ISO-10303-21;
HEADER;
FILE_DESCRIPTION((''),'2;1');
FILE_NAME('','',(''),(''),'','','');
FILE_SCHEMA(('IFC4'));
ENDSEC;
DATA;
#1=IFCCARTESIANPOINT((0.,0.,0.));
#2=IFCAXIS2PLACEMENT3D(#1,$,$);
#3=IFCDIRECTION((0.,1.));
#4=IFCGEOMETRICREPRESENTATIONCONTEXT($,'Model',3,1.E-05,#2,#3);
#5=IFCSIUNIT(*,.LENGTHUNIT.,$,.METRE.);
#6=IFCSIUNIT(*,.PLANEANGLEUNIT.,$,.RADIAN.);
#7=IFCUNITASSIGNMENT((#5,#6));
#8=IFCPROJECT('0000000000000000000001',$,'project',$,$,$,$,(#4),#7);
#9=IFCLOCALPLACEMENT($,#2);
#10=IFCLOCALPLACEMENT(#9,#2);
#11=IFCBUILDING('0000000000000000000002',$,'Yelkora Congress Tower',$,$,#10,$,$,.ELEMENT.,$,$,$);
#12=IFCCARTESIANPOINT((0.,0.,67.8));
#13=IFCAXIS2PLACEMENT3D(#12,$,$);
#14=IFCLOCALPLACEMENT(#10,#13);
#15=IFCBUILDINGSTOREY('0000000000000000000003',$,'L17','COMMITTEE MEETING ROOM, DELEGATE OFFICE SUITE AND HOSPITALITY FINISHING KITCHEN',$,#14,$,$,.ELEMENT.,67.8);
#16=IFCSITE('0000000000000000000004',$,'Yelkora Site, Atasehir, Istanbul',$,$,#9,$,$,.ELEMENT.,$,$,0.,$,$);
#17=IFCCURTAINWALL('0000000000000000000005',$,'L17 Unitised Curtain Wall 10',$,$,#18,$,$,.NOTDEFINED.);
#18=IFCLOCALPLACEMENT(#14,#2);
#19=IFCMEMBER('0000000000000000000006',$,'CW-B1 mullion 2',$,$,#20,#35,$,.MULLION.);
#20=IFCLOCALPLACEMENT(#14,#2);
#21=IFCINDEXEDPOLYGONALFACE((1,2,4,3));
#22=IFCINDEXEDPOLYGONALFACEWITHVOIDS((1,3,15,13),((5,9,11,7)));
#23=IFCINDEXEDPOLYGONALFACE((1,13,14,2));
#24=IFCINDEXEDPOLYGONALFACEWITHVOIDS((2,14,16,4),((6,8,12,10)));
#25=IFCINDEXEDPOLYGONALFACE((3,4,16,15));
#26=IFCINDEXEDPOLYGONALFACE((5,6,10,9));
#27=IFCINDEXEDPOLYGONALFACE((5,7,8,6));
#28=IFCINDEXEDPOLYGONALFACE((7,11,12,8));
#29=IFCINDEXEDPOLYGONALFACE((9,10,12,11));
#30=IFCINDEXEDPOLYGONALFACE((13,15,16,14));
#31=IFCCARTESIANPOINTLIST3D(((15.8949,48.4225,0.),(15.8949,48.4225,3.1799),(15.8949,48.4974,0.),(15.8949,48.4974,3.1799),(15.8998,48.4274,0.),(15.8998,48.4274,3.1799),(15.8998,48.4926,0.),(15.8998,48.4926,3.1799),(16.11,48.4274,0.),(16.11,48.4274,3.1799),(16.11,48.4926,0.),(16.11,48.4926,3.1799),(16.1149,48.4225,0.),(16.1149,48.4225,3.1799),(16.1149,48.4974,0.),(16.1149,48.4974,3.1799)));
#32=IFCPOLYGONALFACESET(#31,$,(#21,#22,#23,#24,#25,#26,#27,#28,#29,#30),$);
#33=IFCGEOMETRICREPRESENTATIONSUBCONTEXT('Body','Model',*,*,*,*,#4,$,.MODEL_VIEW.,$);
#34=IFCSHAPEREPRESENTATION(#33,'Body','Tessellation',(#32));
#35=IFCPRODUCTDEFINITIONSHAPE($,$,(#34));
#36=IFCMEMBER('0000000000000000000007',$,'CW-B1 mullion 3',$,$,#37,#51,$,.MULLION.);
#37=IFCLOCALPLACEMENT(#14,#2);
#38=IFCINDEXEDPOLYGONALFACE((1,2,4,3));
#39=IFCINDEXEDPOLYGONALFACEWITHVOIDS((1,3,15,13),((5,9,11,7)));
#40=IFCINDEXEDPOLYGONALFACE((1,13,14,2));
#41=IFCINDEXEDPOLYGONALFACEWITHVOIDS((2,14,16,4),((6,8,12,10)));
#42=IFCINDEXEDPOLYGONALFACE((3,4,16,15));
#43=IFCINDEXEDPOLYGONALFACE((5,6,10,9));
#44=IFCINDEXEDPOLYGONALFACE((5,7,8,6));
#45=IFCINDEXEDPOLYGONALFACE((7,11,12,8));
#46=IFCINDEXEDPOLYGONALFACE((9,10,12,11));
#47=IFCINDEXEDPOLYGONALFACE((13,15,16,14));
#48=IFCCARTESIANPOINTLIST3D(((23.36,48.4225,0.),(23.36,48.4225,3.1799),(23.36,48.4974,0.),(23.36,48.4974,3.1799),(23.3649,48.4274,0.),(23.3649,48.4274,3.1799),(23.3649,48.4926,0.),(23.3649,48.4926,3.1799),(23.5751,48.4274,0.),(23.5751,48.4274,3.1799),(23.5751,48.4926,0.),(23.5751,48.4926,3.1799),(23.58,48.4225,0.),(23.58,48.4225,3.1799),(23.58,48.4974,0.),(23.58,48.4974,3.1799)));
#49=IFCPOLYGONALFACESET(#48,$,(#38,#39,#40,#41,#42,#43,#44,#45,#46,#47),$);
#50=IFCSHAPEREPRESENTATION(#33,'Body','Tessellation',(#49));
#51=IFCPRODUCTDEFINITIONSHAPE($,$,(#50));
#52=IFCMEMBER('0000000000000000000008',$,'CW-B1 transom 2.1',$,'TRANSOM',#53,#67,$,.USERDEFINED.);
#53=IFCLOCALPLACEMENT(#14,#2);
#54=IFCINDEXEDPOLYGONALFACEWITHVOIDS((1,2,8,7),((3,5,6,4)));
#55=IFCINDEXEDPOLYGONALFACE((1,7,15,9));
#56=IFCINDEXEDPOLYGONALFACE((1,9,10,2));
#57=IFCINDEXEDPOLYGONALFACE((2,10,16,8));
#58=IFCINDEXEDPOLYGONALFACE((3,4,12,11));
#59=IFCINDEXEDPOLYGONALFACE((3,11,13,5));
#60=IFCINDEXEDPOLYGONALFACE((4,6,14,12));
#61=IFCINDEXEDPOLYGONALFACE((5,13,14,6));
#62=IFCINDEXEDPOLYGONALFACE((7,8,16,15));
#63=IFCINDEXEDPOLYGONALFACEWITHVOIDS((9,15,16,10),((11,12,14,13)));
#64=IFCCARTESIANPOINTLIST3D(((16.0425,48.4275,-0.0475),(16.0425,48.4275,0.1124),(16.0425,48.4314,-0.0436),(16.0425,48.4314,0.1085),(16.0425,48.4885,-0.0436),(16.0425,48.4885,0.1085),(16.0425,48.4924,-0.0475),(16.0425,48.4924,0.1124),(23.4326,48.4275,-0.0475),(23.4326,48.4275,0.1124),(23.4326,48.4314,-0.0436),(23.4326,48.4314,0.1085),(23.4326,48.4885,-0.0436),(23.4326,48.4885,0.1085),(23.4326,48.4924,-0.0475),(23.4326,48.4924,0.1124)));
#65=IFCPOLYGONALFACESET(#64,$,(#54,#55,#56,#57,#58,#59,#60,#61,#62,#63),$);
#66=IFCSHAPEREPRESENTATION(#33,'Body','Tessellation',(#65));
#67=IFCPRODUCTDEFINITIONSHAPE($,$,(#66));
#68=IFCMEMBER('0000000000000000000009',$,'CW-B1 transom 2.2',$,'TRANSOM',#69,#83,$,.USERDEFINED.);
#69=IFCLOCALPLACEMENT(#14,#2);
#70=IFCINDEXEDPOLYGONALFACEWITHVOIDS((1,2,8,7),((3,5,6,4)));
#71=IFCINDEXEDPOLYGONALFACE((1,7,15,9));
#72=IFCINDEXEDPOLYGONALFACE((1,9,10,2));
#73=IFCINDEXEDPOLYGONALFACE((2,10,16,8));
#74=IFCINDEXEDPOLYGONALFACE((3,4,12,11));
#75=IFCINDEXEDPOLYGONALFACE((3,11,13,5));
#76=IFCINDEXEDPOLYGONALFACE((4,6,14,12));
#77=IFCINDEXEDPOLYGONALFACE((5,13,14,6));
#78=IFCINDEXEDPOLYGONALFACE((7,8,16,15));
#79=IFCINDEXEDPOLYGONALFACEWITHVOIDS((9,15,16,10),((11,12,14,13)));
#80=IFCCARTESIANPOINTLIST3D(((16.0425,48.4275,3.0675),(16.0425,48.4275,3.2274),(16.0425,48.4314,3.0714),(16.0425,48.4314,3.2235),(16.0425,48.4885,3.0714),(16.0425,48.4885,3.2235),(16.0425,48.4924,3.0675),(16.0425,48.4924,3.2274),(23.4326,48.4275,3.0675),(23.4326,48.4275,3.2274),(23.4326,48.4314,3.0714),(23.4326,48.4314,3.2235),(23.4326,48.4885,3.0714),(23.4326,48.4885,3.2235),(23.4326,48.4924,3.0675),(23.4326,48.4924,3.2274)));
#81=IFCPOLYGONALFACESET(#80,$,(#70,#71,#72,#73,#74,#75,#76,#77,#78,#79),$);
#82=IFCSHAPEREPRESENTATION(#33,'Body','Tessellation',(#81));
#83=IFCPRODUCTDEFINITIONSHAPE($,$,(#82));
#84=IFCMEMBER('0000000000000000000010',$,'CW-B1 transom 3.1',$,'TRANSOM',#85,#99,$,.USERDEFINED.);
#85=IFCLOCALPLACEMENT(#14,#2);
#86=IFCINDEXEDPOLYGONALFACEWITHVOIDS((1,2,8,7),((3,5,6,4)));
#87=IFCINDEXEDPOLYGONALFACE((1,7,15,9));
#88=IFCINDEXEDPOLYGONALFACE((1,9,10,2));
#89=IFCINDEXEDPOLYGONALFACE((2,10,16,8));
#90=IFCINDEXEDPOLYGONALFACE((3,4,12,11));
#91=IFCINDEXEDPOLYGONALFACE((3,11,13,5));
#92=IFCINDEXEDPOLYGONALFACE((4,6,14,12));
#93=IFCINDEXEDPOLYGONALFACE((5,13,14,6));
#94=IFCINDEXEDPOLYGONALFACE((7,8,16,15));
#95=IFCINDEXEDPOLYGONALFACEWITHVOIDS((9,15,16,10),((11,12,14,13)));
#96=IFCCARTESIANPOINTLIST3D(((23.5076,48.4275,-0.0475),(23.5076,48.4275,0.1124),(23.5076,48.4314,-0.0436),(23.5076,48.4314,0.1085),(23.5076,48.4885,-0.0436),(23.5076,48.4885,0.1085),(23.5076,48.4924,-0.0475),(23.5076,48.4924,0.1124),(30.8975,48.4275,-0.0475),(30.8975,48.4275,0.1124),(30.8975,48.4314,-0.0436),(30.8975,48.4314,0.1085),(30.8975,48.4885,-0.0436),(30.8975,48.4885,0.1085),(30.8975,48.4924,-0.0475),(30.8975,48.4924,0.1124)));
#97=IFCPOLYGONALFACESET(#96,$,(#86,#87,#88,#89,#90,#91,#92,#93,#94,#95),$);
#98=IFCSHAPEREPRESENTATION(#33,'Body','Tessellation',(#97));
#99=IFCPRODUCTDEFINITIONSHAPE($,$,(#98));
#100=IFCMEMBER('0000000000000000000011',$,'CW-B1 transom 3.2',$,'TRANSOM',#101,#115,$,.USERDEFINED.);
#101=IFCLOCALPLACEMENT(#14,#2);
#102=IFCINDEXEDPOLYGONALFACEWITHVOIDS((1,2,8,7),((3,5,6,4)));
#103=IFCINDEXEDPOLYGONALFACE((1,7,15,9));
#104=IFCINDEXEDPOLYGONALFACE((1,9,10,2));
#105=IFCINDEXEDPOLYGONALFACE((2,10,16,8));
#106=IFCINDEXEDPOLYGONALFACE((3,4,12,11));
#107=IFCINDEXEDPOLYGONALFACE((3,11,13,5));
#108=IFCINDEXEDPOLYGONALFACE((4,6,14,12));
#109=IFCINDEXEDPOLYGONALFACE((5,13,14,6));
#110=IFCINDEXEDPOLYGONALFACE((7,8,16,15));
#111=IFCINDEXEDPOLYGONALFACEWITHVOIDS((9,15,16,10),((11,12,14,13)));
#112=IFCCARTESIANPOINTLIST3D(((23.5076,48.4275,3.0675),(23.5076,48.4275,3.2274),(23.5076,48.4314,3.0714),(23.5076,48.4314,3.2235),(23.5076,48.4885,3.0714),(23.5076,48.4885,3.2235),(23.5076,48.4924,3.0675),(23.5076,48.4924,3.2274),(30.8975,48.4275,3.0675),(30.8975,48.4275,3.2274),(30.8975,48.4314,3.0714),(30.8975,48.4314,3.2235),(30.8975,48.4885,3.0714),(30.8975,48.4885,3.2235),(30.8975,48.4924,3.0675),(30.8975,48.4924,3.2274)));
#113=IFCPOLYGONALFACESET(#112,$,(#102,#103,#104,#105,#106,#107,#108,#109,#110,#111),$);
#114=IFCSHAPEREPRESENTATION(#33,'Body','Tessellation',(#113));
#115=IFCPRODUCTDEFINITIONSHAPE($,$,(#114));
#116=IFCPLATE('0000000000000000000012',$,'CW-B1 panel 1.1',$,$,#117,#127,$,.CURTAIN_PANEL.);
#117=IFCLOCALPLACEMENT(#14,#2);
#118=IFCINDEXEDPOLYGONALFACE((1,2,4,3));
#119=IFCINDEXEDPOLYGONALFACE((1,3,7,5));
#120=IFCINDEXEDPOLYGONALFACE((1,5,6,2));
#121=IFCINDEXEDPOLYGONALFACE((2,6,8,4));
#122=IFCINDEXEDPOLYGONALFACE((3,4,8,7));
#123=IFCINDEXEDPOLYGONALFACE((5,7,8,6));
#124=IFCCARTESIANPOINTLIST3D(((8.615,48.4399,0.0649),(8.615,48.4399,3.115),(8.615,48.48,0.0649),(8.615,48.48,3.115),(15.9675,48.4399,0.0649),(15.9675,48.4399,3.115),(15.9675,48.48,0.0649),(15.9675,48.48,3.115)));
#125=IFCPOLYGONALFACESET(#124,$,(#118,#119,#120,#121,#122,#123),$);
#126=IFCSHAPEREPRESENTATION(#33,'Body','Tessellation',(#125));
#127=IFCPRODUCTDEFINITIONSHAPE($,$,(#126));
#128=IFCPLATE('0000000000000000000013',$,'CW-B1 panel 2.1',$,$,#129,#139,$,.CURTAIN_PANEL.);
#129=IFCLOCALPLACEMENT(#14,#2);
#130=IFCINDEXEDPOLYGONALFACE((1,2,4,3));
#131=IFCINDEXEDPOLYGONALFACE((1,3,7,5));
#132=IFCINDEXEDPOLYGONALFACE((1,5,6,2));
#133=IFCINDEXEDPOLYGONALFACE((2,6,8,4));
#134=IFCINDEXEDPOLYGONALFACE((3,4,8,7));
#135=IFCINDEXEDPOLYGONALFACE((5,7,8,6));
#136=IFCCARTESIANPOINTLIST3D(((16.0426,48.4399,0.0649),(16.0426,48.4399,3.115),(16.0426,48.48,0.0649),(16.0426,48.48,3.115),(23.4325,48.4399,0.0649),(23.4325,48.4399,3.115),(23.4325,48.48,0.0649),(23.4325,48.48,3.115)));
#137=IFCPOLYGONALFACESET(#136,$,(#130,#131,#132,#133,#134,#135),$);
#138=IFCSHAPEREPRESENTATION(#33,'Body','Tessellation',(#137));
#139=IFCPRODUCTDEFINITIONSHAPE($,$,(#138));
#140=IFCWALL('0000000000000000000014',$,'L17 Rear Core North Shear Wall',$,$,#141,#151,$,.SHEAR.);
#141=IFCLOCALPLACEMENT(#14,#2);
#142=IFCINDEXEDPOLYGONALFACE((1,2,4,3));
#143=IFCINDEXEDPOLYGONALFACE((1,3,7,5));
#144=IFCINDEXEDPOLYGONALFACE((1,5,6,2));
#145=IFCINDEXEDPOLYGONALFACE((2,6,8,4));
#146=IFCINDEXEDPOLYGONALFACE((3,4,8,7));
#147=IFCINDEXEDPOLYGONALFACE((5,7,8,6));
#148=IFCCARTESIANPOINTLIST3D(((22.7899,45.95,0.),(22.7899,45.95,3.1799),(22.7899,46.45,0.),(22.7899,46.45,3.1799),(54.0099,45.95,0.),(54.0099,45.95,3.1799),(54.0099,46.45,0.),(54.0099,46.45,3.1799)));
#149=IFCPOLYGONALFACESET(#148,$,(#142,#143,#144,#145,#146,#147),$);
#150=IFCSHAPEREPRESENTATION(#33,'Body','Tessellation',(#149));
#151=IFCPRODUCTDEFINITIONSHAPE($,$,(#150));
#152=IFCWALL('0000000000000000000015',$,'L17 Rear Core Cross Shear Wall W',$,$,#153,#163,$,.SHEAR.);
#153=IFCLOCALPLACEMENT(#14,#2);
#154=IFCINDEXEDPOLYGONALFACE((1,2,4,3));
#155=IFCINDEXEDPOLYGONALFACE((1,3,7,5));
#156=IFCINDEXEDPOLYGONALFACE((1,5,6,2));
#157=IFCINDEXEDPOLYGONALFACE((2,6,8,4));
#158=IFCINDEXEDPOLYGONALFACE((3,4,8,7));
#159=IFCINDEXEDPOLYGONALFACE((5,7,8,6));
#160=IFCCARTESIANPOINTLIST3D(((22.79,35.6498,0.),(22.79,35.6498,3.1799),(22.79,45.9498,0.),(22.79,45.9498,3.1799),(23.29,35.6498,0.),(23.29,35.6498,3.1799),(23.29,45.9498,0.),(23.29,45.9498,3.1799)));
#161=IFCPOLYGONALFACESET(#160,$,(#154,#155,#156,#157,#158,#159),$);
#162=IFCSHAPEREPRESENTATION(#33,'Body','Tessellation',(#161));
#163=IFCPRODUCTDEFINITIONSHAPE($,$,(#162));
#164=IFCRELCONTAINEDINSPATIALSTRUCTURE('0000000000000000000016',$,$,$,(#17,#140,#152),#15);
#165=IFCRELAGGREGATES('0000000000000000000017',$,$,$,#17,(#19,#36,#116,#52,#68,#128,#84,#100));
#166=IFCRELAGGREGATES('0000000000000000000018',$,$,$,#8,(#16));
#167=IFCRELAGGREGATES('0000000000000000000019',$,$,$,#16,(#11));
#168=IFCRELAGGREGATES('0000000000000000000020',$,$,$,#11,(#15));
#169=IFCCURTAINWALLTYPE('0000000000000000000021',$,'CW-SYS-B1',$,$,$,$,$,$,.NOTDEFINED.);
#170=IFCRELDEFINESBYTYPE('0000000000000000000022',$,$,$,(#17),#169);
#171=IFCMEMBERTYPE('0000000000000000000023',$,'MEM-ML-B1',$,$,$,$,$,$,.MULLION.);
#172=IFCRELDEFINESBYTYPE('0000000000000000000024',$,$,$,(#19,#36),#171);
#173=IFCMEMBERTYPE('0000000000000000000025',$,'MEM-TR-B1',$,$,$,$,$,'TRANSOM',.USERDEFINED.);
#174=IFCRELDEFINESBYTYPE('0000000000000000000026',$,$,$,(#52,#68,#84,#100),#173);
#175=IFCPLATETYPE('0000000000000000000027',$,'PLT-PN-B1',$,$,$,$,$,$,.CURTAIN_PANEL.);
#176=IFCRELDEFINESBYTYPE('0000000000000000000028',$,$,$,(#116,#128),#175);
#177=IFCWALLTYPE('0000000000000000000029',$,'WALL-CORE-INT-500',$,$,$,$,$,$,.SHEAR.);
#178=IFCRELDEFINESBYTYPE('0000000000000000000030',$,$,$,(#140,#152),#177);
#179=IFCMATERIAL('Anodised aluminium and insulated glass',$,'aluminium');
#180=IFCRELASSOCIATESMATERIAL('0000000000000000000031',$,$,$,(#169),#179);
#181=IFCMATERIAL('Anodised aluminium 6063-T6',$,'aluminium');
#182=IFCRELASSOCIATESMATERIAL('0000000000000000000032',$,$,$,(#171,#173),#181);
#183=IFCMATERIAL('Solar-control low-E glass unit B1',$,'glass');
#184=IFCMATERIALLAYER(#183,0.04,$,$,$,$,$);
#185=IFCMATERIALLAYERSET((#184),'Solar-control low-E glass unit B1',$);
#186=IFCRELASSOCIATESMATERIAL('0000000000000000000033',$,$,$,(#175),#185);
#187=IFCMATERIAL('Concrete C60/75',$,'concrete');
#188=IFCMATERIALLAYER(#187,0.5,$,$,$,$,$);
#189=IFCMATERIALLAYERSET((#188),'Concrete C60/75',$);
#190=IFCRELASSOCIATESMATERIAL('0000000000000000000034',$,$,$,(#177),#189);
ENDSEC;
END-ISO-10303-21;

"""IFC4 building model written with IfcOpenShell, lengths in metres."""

from ifc_helpers import new_model, si_unit, direction, frame, frame_2d, origin, origin_2d, place, context, subcontext, project, spatial, rectangle, hollow_rectangle, extrude, material, layer, layer_set, material_profile, profile_set, type_object, element, aggregate, save


model = new_model("IFC4")

# Units and contexts
model_context = context("Model", 3, precision=1e-05, world=origin(), true_north=direction((0.0, 1.0)))
body_context = subcontext(model_context, "Body", "Model", "MODEL_VIEW")
ifc_project = project(units=[si_unit("LENGTHUNIT", "METRE"), si_unit("PLANEANGLEUNIT", "RADIAN")], contexts=[model_context])

# Site, building, storey
site_placement = place(None, origin())
site = spatial("IfcSite", under=ifc_project, at=site_placement, Name="Yelkora Site, Atasehir, Istanbul", CompositionType="ELEMENT", RefElevation=0.0)
building_placement = place(site_placement, origin())
building = spatial("IfcBuilding", under=site, at=building_placement, Name="Yelkora Congress Tower", CompositionType="ELEMENT")
storey_placement = place(building_placement, frame((0.0, 0.0, 67.8)))
storey = spatial("IfcBuildingStorey", under=building, at=storey_placement, Name="L17", Description="COMMITTEE MEETING ROOM, DELEGATE OFFICE SUITE AND HOSPITALITY FINISHING KITCHEN", CompositionType="ELEMENT", Elevation=67.8)

# Shared definitions
ifc_material_1 = material(Name="Concrete C60/75", Category="concrete")

# Curtain wall, members, plates
ifc_material_2 = material(Name="Anodised aluminium and insulated glass", Category="aluminium")
curtain_wall_type = type_object("IfcCurtainWallType", Name="CW-SYS-B1", PredefinedType="NOTDEFINED", material=ifc_material_2)
curtain_wall_placement = place(storey_placement, origin())
curtain_wall = element("IfcCurtainWall", 1, at=curtain_wall_placement, inside=storey, type_object=curtain_wall_type, Name="L17 Unitised Curtain Wall 10", PredefinedType="NOTDEFINED")
ifc_material_3 = material(Name="Anodised aluminium 6063-T6", Category="aluminium")
ifc_material_profile_1 = material_profile(ifc_material_3, hollow_rectangle(XDim=0.075, YDim=0.22, WallThickness=0.0049, at=origin_2d()), Name="ALU 75x220x5")
ifc_profile_set_1 = profile_set([ifc_material_profile_1], Name="Anodised aluminium 6063-T6")
member_type_1 = type_object("IfcMemberType", Name="MEM-ML-B1", PredefinedType="MULLION", material=ifc_profile_set_1)
member_1_placement = place(storey_placement, frame((16.0049, 48.46, 0.0), z_axis=(0.0, 0.0, 1.0), x_axis=(0.0, 1.0, 0.0)))
member_1 = element("IfcMember", 2, at=member_1_placement, type_object=member_type_1, Name="CW-B1 mullion 2", PredefinedType="MULLION", context=body_context, shape_type="SweptSolid", body=[
    extrude(hollow_rectangle(XDim=0.075, YDim=0.22, WallThickness=0.0049, at=origin_2d()), origin(), (0.0, 0.0, 1.0), 3.1799),
])
member_2_placement = place(storey_placement, frame((23.47, 48.46, 0.0), z_axis=(0.0, 0.0, 1.0), x_axis=(0.0, 1.0, 0.0)))
member_2 = element("IfcMember", 3, at=member_2_placement, type_object=member_type_1, Name="CW-B1 mullion 3", PredefinedType="MULLION", context=body_context, shape_type="SweptSolid", body=[
    extrude(hollow_rectangle(XDim=0.075, YDim=0.22, WallThickness=0.0049, at=origin_2d()), origin(), (0.0, 0.0, 1.0), 3.1799),
])
ifc_material_profile_2 = material_profile(ifc_material_3, hollow_rectangle(XDim=0.0649, YDim=0.1599, WallThickness=0.0039, at=origin_2d()), Name="ALU 65x160x4")
ifc_profile_set_2 = profile_set([ifc_material_profile_2], Name="Anodised aluminium 6063-T6")
member_type_2 = type_object("IfcMemberType", Name="MEM-TR-B1", ElementType="TRANSOM", PredefinedType="USERDEFINED", material=ifc_profile_set_2)
member_3_placement = place(storey_placement, frame((16.0425, 48.46, 0.0325), z_axis=(1.0, 0.0, 0.0), x_axis=(0.0, 1.0, 0.0)))
member_3 = element("IfcMember", 4, at=member_3_placement, type_object=member_type_2, Name="CW-B1 transom 2.1", ObjectType="TRANSOM", PredefinedType="USERDEFINED", context=body_context, shape_type="SweptSolid", body=[
    extrude(hollow_rectangle(XDim=0.0649, YDim=0.1599, WallThickness=0.0039, at=origin_2d()), origin(), (0.0, 0.0, 1.0), 7.3901),
])
member_4_placement = place(storey_placement, frame((16.0425, 48.46, 3.1475), z_axis=(1.0, 0.0, 0.0), x_axis=(0.0, 1.0, 0.0)))
member_4 = element("IfcMember", 5, at=member_4_placement, type_object=member_type_2, Name="CW-B1 transom 2.2", ObjectType="TRANSOM", PredefinedType="USERDEFINED", context=body_context, shape_type="SweptSolid", body=[
    extrude(hollow_rectangle(XDim=0.0649, YDim=0.1599, WallThickness=0.0039, at=origin_2d()), origin(), (0.0, 0.0, 1.0), 7.3901),
])
member_5_placement = place(storey_placement, frame((23.5076, 48.46, 0.0325), z_axis=(1.0, 0.0, 0.0), x_axis=(0.0, 1.0, 0.0)))
member_5 = element("IfcMember", 6, at=member_5_placement, type_object=member_type_2, Name="CW-B1 transom 3.1", ObjectType="TRANSOM", PredefinedType="USERDEFINED", context=body_context, shape_type="SweptSolid", body=[
    extrude(hollow_rectangle(XDim=0.0649, YDim=0.1599, WallThickness=0.0039, at=origin_2d()), origin(), (0.0, 0.0, 1.0), 7.3899),
])
member_6_placement = place(storey_placement, frame((23.5076, 48.46, 3.1475), z_axis=(1.0, 0.0, 0.0), x_axis=(0.0, 1.0, 0.0)))
member_6 = element("IfcMember", 7, at=member_6_placement, type_object=member_type_2, Name="CW-B1 transom 3.2", ObjectType="TRANSOM", PredefinedType="USERDEFINED", context=body_context, shape_type="SweptSolid", body=[
    extrude(hollow_rectangle(XDim=0.0649, YDim=0.1599, WallThickness=0.0039, at=origin_2d()), origin(), (0.0, 0.0, 1.0), 7.3899),
])
ifc_material_4 = material(Name="Solar-control low-E glass unit B1", Category="glass")
ifc_layer_1 = layer(ifc_material_4, 0.04)
ifc_layer_set_1 = layer_set([ifc_layer_1], Name="Solar-control low-E glass unit B1")
plate_type = type_object("IfcPlateType", Name="PLT-PN-B1", PredefinedType="CURTAIN_PANEL", material=ifc_layer_set_1)
plate_1_placement = place(storey_placement, frame((12.2913, 48.46, 0.0649), z_axis=(0.0, 0.0, 1.0), x_axis=(1.0, 0.0, 0.0)))
plate_1 = element("IfcPlate", 8, at=plate_1_placement, type_object=plate_type, Name="CW-B1 panel 1.1", PredefinedType="CURTAIN_PANEL", context=body_context, shape_type="SweptSolid", body=[
    extrude(rectangle(XDim=7.3525, YDim=0.04, at=origin_2d()), origin(), (0.0, 0.0, 1.0), 3.05),
])
plate_2_placement = place(storey_placement, frame((19.7375, 48.46, 0.0649), z_axis=(0.0, 0.0, 1.0), x_axis=(1.0, 0.0, 0.0)))
plate_2 = element("IfcPlate", 9, at=plate_2_placement, type_object=plate_type, Name="CW-B1 panel 2.1", PredefinedType="CURTAIN_PANEL", context=body_context, shape_type="SweptSolid", body=[
    extrude(rectangle(XDim=7.3899, YDim=0.04, at=origin_2d()), origin(), (0.0, 0.0, 1.0), 3.05),
])
aggregate(curtain_wall, [member_1, member_2, plate_1, member_3, member_4, plate_2, member_5, member_6])

# Walls
ifc_layer_2 = layer(ifc_material_1, 0.5)
ifc_layer_set_2 = layer_set([ifc_layer_2], Name="Concrete C60/75")
wall_type_1 = type_object("IfcWallType", Name="WALL-CORE-INT-500", PredefinedType="SHEAR", material=ifc_layer_set_2)
wall_1_placement = place(storey_placement, frame((22.79, 46.2, 0.0), z_axis=(0.0, 0.0, 1.0), x_axis=(1.0, 0.0, 0.0)))
element("IfcWall", 10, at=wall_1_placement, inside=storey, type_object=wall_type_1, Name="L17 Rear Core North Shear Wall", PredefinedType="SHEAR", context=body_context, shape_type="SweptSolid", body=[
    extrude(rectangle(XDim=31.22, YDim=0.5, at=frame_2d((15.6099, 0.0))), origin(), (0.0, 0.0, 1.0), 3.1799),
])
wall_2_placement = place(storey_placement, frame((23.04, 35.6499, 0.0), z_axis=(0.0, 0.0, 1.0), x_axis=(0.0, 1.0, 0.0)))
element("IfcWall", 11, at=wall_2_placement, inside=storey, type_object=wall_type_1, Name="L17 Rear Core Cross Shear Wall W", PredefinedType="SHEAR", context=body_context, shape_type="SweptSolid", body=[
    extrude(rectangle(XDim=10.3, YDim=0.5, at=frame_2d((5.1499, 0.0))), origin(), (0.0, 0.0, 1.0), 3.1799),
])

save(model, "model.ifc")
